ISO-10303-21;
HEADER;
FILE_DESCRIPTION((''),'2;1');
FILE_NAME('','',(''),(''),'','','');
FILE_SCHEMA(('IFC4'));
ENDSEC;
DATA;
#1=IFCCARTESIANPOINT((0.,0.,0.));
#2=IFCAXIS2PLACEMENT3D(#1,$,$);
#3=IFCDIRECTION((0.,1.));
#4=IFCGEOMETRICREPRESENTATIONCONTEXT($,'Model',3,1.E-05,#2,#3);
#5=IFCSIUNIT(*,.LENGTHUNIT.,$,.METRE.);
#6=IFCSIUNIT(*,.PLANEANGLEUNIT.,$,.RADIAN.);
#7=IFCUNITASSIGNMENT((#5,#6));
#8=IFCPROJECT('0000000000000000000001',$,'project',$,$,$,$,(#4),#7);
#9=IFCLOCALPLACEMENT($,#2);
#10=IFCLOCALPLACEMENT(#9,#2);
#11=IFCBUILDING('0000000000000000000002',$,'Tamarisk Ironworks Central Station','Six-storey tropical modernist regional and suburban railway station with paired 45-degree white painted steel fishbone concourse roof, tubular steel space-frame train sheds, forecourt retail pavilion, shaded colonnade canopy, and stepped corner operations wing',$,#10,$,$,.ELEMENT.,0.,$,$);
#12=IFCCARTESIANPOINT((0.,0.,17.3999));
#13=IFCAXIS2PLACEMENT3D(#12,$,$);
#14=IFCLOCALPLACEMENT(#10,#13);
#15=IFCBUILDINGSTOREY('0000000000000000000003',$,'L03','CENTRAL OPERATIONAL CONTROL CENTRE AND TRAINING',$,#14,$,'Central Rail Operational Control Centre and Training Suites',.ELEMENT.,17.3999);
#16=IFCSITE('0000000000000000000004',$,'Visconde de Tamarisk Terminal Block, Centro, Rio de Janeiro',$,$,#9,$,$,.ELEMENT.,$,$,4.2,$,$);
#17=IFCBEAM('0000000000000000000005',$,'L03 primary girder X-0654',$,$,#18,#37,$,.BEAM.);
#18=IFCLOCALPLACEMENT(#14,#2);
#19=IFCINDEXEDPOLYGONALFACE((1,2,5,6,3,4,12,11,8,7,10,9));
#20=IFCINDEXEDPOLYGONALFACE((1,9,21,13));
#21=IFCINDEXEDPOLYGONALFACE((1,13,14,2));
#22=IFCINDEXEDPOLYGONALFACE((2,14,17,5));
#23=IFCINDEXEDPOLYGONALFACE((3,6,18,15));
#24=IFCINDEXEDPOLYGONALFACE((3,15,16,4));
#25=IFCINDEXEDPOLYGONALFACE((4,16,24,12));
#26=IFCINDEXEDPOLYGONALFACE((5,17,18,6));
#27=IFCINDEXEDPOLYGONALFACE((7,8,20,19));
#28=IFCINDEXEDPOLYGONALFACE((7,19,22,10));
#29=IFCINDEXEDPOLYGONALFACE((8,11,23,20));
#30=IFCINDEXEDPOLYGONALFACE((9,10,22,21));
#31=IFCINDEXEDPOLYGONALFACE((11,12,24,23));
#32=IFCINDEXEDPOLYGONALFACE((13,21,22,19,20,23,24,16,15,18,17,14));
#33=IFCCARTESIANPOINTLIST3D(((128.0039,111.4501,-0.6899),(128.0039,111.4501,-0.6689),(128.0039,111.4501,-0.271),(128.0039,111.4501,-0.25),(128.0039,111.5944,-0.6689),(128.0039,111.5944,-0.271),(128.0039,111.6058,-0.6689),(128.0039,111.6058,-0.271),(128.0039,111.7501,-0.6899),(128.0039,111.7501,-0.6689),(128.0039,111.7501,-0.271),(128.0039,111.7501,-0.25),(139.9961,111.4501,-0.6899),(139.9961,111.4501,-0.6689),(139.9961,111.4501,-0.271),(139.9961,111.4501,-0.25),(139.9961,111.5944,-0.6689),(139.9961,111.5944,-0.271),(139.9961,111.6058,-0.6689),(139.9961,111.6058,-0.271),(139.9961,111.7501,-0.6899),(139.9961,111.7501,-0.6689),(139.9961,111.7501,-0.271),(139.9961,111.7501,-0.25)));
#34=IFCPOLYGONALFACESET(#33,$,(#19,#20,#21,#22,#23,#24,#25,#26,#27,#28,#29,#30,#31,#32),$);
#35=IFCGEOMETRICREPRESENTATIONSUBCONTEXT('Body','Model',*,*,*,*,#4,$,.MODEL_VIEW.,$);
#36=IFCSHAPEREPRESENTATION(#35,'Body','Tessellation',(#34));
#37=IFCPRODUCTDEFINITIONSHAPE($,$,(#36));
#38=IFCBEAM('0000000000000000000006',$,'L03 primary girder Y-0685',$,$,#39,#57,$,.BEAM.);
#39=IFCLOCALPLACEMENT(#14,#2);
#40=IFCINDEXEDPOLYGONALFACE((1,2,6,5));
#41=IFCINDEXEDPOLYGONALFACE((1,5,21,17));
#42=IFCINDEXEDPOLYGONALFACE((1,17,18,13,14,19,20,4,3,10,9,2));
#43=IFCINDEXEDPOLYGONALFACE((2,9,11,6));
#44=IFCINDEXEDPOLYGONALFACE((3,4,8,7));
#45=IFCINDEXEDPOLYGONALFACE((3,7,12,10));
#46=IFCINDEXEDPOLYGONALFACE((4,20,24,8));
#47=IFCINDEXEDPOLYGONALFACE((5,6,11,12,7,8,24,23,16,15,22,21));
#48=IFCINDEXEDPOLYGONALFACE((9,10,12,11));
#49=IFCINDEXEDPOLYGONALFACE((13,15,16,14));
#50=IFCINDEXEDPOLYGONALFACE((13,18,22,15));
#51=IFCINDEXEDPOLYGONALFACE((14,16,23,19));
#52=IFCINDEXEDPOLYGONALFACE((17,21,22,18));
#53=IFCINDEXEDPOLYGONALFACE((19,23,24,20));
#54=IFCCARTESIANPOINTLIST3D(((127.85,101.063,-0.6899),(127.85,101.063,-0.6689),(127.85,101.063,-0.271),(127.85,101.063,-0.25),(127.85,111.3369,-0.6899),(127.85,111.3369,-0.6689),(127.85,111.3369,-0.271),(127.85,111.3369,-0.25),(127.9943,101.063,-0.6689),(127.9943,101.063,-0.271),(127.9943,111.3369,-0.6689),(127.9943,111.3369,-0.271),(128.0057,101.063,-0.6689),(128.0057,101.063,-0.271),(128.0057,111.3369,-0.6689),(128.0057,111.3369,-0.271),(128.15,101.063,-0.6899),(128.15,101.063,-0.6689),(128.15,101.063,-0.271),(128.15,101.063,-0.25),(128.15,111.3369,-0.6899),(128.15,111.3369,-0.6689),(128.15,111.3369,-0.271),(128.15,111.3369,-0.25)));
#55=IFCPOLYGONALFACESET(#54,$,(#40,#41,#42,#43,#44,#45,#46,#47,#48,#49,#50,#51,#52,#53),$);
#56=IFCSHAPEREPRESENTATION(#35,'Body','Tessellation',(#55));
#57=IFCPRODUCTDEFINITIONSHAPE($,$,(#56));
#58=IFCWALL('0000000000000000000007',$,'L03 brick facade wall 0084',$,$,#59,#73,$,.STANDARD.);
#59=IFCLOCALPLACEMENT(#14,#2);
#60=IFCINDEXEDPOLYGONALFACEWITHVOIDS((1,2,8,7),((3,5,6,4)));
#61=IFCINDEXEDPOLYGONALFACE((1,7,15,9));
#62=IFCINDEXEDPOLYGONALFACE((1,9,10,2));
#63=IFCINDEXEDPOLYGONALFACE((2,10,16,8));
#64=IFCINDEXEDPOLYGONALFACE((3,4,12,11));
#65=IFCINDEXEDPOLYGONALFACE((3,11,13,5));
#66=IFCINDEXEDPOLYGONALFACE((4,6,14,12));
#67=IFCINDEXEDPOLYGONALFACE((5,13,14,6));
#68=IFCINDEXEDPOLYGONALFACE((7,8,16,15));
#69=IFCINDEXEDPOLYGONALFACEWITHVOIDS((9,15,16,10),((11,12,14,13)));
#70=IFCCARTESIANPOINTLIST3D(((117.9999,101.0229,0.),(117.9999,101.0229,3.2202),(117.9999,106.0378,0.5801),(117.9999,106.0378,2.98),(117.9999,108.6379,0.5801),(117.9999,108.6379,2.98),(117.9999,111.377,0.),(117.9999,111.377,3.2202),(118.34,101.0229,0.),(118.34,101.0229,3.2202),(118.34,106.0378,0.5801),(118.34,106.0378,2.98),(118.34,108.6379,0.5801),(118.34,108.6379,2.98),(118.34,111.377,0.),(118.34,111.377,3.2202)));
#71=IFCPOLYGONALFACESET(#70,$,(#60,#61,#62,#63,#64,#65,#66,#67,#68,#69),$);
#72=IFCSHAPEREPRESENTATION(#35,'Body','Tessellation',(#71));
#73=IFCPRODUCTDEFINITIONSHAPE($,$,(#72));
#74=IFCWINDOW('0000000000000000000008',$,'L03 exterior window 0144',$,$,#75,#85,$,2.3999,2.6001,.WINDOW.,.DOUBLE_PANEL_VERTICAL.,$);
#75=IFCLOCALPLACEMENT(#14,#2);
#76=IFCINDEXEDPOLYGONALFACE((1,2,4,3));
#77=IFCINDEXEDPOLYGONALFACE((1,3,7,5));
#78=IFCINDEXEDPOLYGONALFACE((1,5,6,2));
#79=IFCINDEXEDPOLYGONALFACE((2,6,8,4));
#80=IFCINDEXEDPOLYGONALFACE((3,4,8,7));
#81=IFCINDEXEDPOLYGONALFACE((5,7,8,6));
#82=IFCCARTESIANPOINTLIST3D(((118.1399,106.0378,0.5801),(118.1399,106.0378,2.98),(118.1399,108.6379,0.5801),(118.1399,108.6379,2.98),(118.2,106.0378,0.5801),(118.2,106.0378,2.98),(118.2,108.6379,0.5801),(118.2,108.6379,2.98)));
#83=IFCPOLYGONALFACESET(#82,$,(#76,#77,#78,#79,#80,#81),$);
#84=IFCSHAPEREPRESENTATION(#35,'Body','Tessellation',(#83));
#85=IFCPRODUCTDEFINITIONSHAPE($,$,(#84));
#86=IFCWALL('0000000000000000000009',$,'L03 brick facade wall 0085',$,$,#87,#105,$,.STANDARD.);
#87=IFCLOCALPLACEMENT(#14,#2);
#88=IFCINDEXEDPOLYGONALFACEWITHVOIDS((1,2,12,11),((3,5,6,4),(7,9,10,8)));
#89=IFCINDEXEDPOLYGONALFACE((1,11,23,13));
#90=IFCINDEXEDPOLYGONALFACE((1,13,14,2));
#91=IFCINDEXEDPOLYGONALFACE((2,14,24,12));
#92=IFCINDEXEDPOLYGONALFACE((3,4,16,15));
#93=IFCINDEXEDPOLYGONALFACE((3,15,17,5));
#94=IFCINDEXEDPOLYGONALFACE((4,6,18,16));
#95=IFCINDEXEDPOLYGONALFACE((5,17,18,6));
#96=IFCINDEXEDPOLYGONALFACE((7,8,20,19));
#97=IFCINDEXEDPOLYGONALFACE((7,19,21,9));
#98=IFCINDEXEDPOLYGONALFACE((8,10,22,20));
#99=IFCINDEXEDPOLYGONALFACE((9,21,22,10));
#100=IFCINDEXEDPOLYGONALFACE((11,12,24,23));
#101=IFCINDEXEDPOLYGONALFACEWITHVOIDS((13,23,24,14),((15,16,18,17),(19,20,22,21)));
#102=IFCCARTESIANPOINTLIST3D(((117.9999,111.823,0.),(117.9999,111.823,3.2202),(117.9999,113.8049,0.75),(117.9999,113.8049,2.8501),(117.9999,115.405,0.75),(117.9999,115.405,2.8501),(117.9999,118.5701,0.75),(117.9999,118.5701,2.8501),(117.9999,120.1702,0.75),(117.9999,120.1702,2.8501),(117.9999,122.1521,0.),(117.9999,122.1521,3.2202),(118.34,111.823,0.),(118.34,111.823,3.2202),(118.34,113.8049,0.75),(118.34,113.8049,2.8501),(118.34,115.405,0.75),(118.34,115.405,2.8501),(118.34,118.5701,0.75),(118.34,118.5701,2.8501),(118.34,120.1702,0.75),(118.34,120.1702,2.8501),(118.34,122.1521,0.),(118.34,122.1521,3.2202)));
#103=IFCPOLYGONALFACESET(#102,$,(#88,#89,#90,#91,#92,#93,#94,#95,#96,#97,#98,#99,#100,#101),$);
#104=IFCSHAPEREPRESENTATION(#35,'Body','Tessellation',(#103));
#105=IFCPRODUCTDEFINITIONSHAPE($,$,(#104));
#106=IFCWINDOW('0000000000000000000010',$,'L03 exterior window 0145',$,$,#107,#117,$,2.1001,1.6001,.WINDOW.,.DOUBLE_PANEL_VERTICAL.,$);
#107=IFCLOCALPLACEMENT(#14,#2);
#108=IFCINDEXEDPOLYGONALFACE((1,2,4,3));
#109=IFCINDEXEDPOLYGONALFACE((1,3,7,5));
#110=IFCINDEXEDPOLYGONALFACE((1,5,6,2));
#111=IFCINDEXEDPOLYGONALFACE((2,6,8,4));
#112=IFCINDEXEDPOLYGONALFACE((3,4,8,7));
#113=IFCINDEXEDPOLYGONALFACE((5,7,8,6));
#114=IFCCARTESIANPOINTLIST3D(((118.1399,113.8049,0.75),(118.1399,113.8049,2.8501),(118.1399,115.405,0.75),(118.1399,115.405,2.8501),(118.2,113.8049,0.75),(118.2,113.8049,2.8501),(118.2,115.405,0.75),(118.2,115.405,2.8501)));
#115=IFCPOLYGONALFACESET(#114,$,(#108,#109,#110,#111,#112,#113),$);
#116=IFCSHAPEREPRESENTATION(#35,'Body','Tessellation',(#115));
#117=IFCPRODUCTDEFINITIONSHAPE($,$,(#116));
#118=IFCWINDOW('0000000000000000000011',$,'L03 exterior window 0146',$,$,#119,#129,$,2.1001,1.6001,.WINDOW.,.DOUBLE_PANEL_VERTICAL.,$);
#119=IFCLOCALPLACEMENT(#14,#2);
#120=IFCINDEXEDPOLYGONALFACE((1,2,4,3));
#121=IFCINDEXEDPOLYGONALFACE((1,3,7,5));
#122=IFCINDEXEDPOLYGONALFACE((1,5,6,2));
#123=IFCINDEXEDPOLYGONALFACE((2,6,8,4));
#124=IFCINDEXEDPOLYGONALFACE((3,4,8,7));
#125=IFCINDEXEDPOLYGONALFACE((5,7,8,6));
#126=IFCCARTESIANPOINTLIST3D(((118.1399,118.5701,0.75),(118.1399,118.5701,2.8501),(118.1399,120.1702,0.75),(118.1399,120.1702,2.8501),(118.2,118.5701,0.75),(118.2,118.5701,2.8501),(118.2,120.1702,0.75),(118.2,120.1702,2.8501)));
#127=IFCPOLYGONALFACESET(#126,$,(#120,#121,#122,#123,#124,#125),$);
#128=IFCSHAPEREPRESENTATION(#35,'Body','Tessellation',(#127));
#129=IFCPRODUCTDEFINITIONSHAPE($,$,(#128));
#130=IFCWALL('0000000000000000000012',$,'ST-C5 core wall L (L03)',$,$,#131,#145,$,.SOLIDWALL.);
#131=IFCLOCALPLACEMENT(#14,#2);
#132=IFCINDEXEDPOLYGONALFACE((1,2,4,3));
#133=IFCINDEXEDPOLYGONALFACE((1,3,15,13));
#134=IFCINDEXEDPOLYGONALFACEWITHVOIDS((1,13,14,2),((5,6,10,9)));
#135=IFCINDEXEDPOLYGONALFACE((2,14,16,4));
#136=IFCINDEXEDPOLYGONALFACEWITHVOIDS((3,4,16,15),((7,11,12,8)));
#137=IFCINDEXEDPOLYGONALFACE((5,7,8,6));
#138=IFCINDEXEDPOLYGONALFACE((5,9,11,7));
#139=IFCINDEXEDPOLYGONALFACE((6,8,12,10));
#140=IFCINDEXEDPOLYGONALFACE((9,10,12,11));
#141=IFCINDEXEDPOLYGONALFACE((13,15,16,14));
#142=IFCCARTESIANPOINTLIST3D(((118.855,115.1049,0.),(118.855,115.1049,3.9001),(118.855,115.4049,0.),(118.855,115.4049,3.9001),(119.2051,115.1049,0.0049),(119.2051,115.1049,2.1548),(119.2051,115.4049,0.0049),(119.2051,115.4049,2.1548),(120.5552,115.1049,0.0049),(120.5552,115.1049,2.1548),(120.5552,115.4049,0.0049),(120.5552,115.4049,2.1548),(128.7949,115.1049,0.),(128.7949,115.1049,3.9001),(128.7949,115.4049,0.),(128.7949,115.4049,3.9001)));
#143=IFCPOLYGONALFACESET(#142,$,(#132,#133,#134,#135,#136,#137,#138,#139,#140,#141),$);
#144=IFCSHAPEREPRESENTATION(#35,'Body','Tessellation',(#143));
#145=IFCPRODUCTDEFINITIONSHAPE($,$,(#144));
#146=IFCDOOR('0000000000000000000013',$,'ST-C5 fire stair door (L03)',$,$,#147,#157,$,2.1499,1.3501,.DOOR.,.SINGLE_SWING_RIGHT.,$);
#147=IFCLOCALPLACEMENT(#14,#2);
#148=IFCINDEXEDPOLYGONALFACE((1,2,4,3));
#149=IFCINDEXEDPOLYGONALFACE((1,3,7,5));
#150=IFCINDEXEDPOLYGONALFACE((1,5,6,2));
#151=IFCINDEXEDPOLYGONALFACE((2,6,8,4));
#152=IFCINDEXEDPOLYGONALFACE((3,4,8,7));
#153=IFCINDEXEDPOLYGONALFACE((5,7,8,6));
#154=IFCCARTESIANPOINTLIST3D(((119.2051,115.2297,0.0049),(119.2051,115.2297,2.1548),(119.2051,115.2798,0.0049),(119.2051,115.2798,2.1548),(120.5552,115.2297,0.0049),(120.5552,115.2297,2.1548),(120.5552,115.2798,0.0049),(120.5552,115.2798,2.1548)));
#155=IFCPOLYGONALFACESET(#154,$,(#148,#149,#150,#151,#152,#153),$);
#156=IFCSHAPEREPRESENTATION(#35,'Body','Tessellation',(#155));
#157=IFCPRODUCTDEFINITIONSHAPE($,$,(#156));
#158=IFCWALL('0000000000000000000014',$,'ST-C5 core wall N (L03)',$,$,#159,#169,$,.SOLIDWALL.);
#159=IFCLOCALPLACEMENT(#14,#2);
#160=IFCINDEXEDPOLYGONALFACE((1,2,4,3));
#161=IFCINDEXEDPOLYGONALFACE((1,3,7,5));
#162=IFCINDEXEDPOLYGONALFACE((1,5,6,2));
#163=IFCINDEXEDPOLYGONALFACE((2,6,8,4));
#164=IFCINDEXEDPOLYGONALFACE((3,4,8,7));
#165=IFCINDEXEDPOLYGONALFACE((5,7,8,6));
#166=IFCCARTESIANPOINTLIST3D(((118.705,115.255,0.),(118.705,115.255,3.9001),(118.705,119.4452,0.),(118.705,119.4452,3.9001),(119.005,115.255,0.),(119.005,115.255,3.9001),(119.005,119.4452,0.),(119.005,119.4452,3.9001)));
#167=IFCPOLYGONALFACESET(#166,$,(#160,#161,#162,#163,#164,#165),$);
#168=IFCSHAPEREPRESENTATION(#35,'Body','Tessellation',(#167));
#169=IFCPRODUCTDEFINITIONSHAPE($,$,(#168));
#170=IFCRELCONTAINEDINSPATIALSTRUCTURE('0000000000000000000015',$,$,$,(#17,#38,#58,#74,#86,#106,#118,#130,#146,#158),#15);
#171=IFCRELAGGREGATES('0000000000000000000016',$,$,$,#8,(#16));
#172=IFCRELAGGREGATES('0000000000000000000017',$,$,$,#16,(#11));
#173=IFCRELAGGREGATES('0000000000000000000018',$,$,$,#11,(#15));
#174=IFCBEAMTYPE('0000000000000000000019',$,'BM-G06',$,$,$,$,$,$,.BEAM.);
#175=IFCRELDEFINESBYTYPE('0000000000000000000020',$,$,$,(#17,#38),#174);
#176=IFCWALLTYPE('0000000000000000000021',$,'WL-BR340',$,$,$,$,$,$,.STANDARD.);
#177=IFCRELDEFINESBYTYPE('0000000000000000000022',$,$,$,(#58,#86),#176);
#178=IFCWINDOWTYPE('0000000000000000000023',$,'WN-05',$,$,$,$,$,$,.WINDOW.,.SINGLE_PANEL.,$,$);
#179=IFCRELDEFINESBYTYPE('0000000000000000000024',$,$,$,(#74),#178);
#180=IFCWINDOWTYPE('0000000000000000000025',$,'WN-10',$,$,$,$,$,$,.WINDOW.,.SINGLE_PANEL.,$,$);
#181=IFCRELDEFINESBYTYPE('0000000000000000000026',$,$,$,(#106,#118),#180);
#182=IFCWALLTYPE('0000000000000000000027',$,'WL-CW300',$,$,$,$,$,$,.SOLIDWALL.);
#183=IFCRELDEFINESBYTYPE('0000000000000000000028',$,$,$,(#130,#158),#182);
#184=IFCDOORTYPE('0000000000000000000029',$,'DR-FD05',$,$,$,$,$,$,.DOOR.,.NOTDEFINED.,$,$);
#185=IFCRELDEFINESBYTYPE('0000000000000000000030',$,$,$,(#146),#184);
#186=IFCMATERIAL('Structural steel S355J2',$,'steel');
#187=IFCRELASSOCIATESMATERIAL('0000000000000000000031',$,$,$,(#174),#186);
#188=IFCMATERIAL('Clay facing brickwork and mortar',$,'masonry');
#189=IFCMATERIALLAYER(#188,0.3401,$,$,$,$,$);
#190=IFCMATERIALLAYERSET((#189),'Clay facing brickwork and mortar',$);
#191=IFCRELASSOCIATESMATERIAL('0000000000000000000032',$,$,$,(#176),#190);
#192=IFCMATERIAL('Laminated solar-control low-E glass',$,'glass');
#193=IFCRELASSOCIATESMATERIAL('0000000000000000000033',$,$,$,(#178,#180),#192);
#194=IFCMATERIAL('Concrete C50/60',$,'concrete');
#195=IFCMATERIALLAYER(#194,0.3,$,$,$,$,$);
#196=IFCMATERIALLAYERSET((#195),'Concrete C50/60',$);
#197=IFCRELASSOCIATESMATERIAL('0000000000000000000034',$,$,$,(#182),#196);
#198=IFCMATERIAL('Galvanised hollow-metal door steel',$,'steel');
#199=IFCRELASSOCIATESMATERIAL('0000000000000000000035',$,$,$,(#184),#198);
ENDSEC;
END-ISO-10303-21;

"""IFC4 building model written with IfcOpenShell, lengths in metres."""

from ifc_helpers import new_model, si_unit, direction, frame, frame_2d, origin, origin_2d, place, context, subcontext, project, spatial, rectangle, i_section, extrude, material, layer, layer_set, material_profile, profile_set, type_object, element, fill, save


model = new_model("IFC4")

# Units and contexts
model_context = context("Model", 3, precision=1e-05, world=origin(), true_north=direction((0.0, 1.0)))
body_context = subcontext(model_context, "Body", "Model", "MODEL_VIEW")
ifc_project = project(units=[si_unit("LENGTHUNIT", "METRE"), si_unit("PLANEANGLEUNIT", "RADIAN")], contexts=[model_context])

# Site, building, storey
site_placement = place(None, origin())
site = spatial("IfcSite", under=ifc_project, at=site_placement, Name="Visconde de Tamarisk Terminal Block, Centro, Rio de Janeiro", CompositionType="ELEMENT", RefElevation=4.2)
building_placement = place(site_placement, origin())
building = spatial("IfcBuilding", under=site, at=building_placement, Name="Tamarisk Ironworks Central Station", Description="Six-storey tropical modernist regional and suburban railway station with paired 45-degree white painted steel fishbone concourse roof, tubular steel space-frame train sheds, forecourt retail pavilion, shaded colonnade canopy, and stepped corner operations wing", CompositionType="ELEMENT", ElevationOfRefHeight=0.0)
storey_placement = place(building_placement, frame((0.0, 0.0, 17.3999)))
storey = spatial("IfcBuildingStorey", under=building, at=storey_placement, Name="L03", Description="CENTRAL OPERATIONAL CONTROL CENTRE AND TRAINING", LongName="Central Rail Operational Control Centre and Training Suites", CompositionType="ELEMENT", Elevation=17.3999)

# Shared definitions
ifc_material_1 = material(Name="Structural steel S355J2", Category="steel")

# Beams
ifc_material_profile_1 = material_profile(ifc_material_1, i_section(OverallWidth=0.3, OverallDepth=0.4399, WebThickness=0.0115, FlangeThickness=0.021, at=origin_2d()), Name="HEA 450")
ifc_profile_set_1 = profile_set([ifc_material_profile_1], Name="Structural steel S355J2")
beam_type_1 = type_object("IfcBeamType", Name="BM-G06", PredefinedType="BEAM", material=ifc_profile_set_1)
beam_1_placement = place(storey_placement, frame((128.0039, 111.6001, -0.47), z_axis=(1.0, 0.0, 0.0), x_axis=(0.0, 1.0, 0.0)))
element("IfcBeam", 1, at=beam_1_placement, inside=storey, type_object=beam_type_1, Name="L03 primary girder X-0654", PredefinedType="BEAM", context=body_context, shape_type="SweptSolid", body=[
    extrude(i_section(OverallWidth=0.3, OverallDepth=0.4399, WebThickness=0.0115, FlangeThickness=0.021, at=origin_2d()), origin(), (0.0, 0.0, 1.0), 11.9922),
])
beam_2_placement = place(storey_placement, frame((128.0, 101.063, -0.47), z_axis=(0.0, 1.0, 0.0), x_axis=(-1.0, 0.0, 0.0)))
element("IfcBeam", 2, at=beam_2_placement, inside=storey, type_object=beam_type_1, Name="L03 primary girder Y-0685", PredefinedType="BEAM", context=body_context, shape_type="SweptSolid", body=[
    extrude(i_section(OverallWidth=0.3, OverallDepth=0.4399, WebThickness=0.0115, FlangeThickness=0.021, at=origin_2d()), origin(), (0.0, 0.0, 1.0), 10.2739),
])

# Wall, opening, window
ifc_material_2 = material(Name="Clay facing brickwork and mortar", Category="masonry")
ifc_layer_1 = layer(ifc_material_2, 0.3401)
ifc_layer_set_1 = layer_set([ifc_layer_1], Name="Clay facing brickwork and mortar")
wall_type_1 = type_object("IfcWallType", Name="WL-BR340", PredefinedType="STANDARD", material=ifc_layer_set_1)
wall_1_placement = place(storey_placement, frame((118.1699, 101.0229, 0.0), z_axis=(0.0, 0.0, 1.0), x_axis=(0.0, 1.0, 0.0)))
wall_1 = element("IfcWall", 3, at=wall_1_placement, inside=storey, type_object=wall_type_1, Name="L03 brick facade wall 0084", PredefinedType="STANDARD", context=body_context, shape_type="SweptSolid", body=[
    extrude(rectangle(XDim=10.354, YDim=0.3401, at=frame_2d((5.177, 0.0))), origin(), (0.0, 0.0, 1.0), 3.2202),
])
opening_1_placement = place(wall_1_placement, frame((5.0149, 0.0, 0.5801)))
opening_1 = element("IfcOpeningElement", 4, at=opening_1_placement, cuts=wall_1, PredefinedType="OPENING", context=body_context, shape_type="SweptSolid", body=[
    extrude(rectangle(XDim=2.6001, YDim=2.3999, at=frame_2d((1.3, 1.2))), frame((0.0, 0.1821, 0.0), z_axis=(0.0, -1.0, 0.0), x_axis=(1.0, 0.0, 0.0)), (0.0, 0.0, 1.0), 0.364),
])
ifc_material_3 = material(Name="Laminated solar-control low-E glass", Category="glass")
window_type_1 = type_object("IfcWindowType", Name="WN-05", PartitioningType="SINGLE_PANEL", PredefinedType="WINDOW", material=ifc_material_3)
window_1_placement = place(opening_1_placement, origin())
window_1 = element("IfcWindow", 5, at=window_1_placement, inside=storey, type_object=window_type_1, Name="L03 exterior window 0144", OverallHeight=2.3999, OverallWidth=2.6001, PartitioningType="DOUBLE_PANEL_VERTICAL", PredefinedType="WINDOW", context=body_context, shape_type="SweptSolid", body=[
    extrude(rectangle(XDim=2.6001, YDim=2.3999, at=frame_2d((1.3, 1.2))), frame((0.0, 0.03, 0.0), z_axis=(0.0, -1.0, 0.0), x_axis=(1.0, 0.0, 0.0)), (0.0, 0.0, 1.0), 0.0601),
])
fill(opening_1, window_1)

# Wall, openings, windows
wall_2_placement = place(storey_placement, frame((118.1699, 111.823, 0.0), z_axis=(0.0, 0.0, 1.0), x_axis=(0.0, 1.0, 0.0)))
wall_2 = element("IfcWall", 6, at=wall_2_placement, inside=storey, type_object=wall_type_1, Name="L03 brick facade wall 0085", PredefinedType="STANDARD", context=body_context, shape_type="SweptSolid", body=[
    extrude(rectangle(XDim=10.3291, YDim=0.3401, at=frame_2d((5.1646, 0.0))), origin(), (0.0, 0.0, 1.0), 3.2202),
])
opening_2_placement = place(wall_2_placement, frame((1.9819, 0.0, 0.75)))
opening_2 = element("IfcOpeningElement", 7, at=opening_2_placement, cuts=wall_2, PredefinedType="OPENING", context=body_context, shape_type="SweptSolid", body=[
    extrude(rectangle(XDim=1.6001, YDim=2.1001, at=frame_2d((0.8, 1.05))), frame((0.0, 0.1821, 0.0), z_axis=(0.0, -1.0, 0.0), x_axis=(1.0, 0.0, 0.0)), (0.0, 0.0, 1.0), 0.364),
])
opening_3_placement = place(wall_2_placement, frame((6.7471, 0.0, 0.75)))
opening_3 = element("IfcOpeningElement", 8, at=opening_3_placement, cuts=wall_2, PredefinedType="OPENING", context=body_context, shape_type="SweptSolid", body=[
    extrude(rectangle(XDim=1.6001, YDim=2.1001, at=frame_2d((0.8, 1.05))), frame((0.0, 0.1821, 0.0), z_axis=(0.0, -1.0, 0.0), x_axis=(1.0, 0.0, 0.0)), (0.0, 0.0, 1.0), 0.364),
])
window_type_2 = type_object("IfcWindowType", Name="WN-10", PartitioningType="SINGLE_PANEL", PredefinedType="WINDOW", material=ifc_material_3)
window_2_placement = place(opening_2_placement, origin())
window_2 = element("IfcWindow", 9, at=window_2_placement, inside=storey, type_object=window_type_2, Name="L03 exterior window 0145", OverallHeight=2.1001, OverallWidth=1.6001, PartitioningType="DOUBLE_PANEL_VERTICAL", PredefinedType="WINDOW", context=body_context, shape_type="SweptSolid", body=[
    extrude(rectangle(XDim=1.6001, YDim=2.1001, at=frame_2d((0.8, 1.05))), frame((0.0, 0.03, 0.0), z_axis=(0.0, -1.0, 0.0), x_axis=(1.0, 0.0, 0.0)), (0.0, 0.0, 1.0), 0.0601),
])
fill(opening_2, window_2)
window_3_placement = place(opening_3_placement, origin())
window_3 = element("IfcWindow", 10, at=window_3_placement, inside=storey, type_object=window_type_2, Name="L03 exterior window 0146", OverallHeight=2.1001, OverallWidth=1.6001, PartitioningType="DOUBLE_PANEL_VERTICAL", PredefinedType="WINDOW", context=body_context, shape_type="SweptSolid", body=[
    extrude(rectangle(XDim=1.6001, YDim=2.1001, at=frame_2d((0.8, 1.05))), frame((0.0, 0.03, 0.0), z_axis=(0.0, -1.0, 0.0), x_axis=(1.0, 0.0, 0.0)), (0.0, 0.0, 1.0), 0.0601),
])
fill(opening_3, window_3)

# Wall, opening, door
ifc_material_4 = material(Name="Concrete C50/60", Category="concrete")
ifc_layer_2 = layer(ifc_material_4, 0.3)
ifc_layer_set_2 = layer_set([ifc_layer_2], Name="Concrete C50/60")
wall_type_2 = type_object("IfcWallType", Name="WL-CW300", PredefinedType="SOLIDWALL", material=ifc_layer_set_2)
wall_3_placement = place(storey_placement, frame((118.855, 115.2549, 0.0), z_axis=(0.0, 0.0, 1.0), x_axis=(1.0, 0.0, 0.0)))
wall_3 = element("IfcWall", 11, at=wall_3_placement, inside=storey, type_object=wall_type_2, Name="ST-C5 core wall L (L03)", PredefinedType="SOLIDWALL", context=body_context, shape_type="SweptSolid", body=[
    extrude(rectangle(XDim=9.9399, YDim=0.3, at=frame_2d((4.97, 0.0))), origin(), (0.0, 0.0, 1.0), 3.9001),
])
opening_4_placement = place(wall_3_placement, frame((0.3501, 0.0, 0.0049)))
opening_4 = element("IfcOpeningElement", 12, at=opening_4_placement, cuts=wall_3, PredefinedType="OPENING", context=body_context, shape_type="SweptSolid", body=[
    extrude(rectangle(XDim=1.3501, YDim=2.1499, at=frame_2d((0.675, 1.075))), frame((0.0, 0.1621, 0.0), z_axis=(0.0, -1.0, 0.0), x_axis=(1.0, 0.0, 0.0)), (0.0, 0.0, 1.0), 0.324),
])
ifc_material_5 = material(Name="Galvanised hollow-metal door steel", Category="steel")
door_type_1 = type_object("IfcDoorType", Name="DR-FD05", OperationType="NOTDEFINED", PredefinedType="DOOR", material=ifc_material_5)
door_1_placement = place(opening_4_placement, origin())
door_1 = element("IfcDoor", 13, at=door_1_placement, inside=storey, type_object=door_type_1, Name="ST-C5 fire stair door (L03)", OperationType="SINGLE_SWING_RIGHT", OverallHeight=2.1499, OverallWidth=1.3501, PredefinedType="DOOR", context=body_context, shape_type="SweptSolid", body=[
    extrude(rectangle(XDim=1.3501, YDim=2.1499, at=frame_2d((0.675, 1.075))), frame((0.0, 0.0249, 0.0), z_axis=(0.0, -1.0, 0.0), x_axis=(1.0, 0.0, 0.0)), (0.0, 0.0, 1.0), 0.05),
])
fill(opening_4, door_1)

# Wall
for number, where, z_axis, x_axis, name in (
    (14, (118.855, 115.2549, 0.0), (0.0, 0.0, 1.0), (0.0, 1.0, 0.0), "ST-C5 core wall N (L03)"),
):
    element("IfcWall", number, at=place(storey_placement, frame(where, z_axis=z_axis, x_axis=x_axis)), inside=storey, type_object=wall_type_2, Name=name, PredefinedType="SOLIDWALL", context=body_context, shape_type="SweptSolid", body=[
        extrude(rectangle(XDim=4.1902, YDim=0.3, at=frame_2d((2.0952, 0.0))), origin(), (0.0, 0.0, 1.0), 3.9001),
    ])

save(model, "model.ifc")
